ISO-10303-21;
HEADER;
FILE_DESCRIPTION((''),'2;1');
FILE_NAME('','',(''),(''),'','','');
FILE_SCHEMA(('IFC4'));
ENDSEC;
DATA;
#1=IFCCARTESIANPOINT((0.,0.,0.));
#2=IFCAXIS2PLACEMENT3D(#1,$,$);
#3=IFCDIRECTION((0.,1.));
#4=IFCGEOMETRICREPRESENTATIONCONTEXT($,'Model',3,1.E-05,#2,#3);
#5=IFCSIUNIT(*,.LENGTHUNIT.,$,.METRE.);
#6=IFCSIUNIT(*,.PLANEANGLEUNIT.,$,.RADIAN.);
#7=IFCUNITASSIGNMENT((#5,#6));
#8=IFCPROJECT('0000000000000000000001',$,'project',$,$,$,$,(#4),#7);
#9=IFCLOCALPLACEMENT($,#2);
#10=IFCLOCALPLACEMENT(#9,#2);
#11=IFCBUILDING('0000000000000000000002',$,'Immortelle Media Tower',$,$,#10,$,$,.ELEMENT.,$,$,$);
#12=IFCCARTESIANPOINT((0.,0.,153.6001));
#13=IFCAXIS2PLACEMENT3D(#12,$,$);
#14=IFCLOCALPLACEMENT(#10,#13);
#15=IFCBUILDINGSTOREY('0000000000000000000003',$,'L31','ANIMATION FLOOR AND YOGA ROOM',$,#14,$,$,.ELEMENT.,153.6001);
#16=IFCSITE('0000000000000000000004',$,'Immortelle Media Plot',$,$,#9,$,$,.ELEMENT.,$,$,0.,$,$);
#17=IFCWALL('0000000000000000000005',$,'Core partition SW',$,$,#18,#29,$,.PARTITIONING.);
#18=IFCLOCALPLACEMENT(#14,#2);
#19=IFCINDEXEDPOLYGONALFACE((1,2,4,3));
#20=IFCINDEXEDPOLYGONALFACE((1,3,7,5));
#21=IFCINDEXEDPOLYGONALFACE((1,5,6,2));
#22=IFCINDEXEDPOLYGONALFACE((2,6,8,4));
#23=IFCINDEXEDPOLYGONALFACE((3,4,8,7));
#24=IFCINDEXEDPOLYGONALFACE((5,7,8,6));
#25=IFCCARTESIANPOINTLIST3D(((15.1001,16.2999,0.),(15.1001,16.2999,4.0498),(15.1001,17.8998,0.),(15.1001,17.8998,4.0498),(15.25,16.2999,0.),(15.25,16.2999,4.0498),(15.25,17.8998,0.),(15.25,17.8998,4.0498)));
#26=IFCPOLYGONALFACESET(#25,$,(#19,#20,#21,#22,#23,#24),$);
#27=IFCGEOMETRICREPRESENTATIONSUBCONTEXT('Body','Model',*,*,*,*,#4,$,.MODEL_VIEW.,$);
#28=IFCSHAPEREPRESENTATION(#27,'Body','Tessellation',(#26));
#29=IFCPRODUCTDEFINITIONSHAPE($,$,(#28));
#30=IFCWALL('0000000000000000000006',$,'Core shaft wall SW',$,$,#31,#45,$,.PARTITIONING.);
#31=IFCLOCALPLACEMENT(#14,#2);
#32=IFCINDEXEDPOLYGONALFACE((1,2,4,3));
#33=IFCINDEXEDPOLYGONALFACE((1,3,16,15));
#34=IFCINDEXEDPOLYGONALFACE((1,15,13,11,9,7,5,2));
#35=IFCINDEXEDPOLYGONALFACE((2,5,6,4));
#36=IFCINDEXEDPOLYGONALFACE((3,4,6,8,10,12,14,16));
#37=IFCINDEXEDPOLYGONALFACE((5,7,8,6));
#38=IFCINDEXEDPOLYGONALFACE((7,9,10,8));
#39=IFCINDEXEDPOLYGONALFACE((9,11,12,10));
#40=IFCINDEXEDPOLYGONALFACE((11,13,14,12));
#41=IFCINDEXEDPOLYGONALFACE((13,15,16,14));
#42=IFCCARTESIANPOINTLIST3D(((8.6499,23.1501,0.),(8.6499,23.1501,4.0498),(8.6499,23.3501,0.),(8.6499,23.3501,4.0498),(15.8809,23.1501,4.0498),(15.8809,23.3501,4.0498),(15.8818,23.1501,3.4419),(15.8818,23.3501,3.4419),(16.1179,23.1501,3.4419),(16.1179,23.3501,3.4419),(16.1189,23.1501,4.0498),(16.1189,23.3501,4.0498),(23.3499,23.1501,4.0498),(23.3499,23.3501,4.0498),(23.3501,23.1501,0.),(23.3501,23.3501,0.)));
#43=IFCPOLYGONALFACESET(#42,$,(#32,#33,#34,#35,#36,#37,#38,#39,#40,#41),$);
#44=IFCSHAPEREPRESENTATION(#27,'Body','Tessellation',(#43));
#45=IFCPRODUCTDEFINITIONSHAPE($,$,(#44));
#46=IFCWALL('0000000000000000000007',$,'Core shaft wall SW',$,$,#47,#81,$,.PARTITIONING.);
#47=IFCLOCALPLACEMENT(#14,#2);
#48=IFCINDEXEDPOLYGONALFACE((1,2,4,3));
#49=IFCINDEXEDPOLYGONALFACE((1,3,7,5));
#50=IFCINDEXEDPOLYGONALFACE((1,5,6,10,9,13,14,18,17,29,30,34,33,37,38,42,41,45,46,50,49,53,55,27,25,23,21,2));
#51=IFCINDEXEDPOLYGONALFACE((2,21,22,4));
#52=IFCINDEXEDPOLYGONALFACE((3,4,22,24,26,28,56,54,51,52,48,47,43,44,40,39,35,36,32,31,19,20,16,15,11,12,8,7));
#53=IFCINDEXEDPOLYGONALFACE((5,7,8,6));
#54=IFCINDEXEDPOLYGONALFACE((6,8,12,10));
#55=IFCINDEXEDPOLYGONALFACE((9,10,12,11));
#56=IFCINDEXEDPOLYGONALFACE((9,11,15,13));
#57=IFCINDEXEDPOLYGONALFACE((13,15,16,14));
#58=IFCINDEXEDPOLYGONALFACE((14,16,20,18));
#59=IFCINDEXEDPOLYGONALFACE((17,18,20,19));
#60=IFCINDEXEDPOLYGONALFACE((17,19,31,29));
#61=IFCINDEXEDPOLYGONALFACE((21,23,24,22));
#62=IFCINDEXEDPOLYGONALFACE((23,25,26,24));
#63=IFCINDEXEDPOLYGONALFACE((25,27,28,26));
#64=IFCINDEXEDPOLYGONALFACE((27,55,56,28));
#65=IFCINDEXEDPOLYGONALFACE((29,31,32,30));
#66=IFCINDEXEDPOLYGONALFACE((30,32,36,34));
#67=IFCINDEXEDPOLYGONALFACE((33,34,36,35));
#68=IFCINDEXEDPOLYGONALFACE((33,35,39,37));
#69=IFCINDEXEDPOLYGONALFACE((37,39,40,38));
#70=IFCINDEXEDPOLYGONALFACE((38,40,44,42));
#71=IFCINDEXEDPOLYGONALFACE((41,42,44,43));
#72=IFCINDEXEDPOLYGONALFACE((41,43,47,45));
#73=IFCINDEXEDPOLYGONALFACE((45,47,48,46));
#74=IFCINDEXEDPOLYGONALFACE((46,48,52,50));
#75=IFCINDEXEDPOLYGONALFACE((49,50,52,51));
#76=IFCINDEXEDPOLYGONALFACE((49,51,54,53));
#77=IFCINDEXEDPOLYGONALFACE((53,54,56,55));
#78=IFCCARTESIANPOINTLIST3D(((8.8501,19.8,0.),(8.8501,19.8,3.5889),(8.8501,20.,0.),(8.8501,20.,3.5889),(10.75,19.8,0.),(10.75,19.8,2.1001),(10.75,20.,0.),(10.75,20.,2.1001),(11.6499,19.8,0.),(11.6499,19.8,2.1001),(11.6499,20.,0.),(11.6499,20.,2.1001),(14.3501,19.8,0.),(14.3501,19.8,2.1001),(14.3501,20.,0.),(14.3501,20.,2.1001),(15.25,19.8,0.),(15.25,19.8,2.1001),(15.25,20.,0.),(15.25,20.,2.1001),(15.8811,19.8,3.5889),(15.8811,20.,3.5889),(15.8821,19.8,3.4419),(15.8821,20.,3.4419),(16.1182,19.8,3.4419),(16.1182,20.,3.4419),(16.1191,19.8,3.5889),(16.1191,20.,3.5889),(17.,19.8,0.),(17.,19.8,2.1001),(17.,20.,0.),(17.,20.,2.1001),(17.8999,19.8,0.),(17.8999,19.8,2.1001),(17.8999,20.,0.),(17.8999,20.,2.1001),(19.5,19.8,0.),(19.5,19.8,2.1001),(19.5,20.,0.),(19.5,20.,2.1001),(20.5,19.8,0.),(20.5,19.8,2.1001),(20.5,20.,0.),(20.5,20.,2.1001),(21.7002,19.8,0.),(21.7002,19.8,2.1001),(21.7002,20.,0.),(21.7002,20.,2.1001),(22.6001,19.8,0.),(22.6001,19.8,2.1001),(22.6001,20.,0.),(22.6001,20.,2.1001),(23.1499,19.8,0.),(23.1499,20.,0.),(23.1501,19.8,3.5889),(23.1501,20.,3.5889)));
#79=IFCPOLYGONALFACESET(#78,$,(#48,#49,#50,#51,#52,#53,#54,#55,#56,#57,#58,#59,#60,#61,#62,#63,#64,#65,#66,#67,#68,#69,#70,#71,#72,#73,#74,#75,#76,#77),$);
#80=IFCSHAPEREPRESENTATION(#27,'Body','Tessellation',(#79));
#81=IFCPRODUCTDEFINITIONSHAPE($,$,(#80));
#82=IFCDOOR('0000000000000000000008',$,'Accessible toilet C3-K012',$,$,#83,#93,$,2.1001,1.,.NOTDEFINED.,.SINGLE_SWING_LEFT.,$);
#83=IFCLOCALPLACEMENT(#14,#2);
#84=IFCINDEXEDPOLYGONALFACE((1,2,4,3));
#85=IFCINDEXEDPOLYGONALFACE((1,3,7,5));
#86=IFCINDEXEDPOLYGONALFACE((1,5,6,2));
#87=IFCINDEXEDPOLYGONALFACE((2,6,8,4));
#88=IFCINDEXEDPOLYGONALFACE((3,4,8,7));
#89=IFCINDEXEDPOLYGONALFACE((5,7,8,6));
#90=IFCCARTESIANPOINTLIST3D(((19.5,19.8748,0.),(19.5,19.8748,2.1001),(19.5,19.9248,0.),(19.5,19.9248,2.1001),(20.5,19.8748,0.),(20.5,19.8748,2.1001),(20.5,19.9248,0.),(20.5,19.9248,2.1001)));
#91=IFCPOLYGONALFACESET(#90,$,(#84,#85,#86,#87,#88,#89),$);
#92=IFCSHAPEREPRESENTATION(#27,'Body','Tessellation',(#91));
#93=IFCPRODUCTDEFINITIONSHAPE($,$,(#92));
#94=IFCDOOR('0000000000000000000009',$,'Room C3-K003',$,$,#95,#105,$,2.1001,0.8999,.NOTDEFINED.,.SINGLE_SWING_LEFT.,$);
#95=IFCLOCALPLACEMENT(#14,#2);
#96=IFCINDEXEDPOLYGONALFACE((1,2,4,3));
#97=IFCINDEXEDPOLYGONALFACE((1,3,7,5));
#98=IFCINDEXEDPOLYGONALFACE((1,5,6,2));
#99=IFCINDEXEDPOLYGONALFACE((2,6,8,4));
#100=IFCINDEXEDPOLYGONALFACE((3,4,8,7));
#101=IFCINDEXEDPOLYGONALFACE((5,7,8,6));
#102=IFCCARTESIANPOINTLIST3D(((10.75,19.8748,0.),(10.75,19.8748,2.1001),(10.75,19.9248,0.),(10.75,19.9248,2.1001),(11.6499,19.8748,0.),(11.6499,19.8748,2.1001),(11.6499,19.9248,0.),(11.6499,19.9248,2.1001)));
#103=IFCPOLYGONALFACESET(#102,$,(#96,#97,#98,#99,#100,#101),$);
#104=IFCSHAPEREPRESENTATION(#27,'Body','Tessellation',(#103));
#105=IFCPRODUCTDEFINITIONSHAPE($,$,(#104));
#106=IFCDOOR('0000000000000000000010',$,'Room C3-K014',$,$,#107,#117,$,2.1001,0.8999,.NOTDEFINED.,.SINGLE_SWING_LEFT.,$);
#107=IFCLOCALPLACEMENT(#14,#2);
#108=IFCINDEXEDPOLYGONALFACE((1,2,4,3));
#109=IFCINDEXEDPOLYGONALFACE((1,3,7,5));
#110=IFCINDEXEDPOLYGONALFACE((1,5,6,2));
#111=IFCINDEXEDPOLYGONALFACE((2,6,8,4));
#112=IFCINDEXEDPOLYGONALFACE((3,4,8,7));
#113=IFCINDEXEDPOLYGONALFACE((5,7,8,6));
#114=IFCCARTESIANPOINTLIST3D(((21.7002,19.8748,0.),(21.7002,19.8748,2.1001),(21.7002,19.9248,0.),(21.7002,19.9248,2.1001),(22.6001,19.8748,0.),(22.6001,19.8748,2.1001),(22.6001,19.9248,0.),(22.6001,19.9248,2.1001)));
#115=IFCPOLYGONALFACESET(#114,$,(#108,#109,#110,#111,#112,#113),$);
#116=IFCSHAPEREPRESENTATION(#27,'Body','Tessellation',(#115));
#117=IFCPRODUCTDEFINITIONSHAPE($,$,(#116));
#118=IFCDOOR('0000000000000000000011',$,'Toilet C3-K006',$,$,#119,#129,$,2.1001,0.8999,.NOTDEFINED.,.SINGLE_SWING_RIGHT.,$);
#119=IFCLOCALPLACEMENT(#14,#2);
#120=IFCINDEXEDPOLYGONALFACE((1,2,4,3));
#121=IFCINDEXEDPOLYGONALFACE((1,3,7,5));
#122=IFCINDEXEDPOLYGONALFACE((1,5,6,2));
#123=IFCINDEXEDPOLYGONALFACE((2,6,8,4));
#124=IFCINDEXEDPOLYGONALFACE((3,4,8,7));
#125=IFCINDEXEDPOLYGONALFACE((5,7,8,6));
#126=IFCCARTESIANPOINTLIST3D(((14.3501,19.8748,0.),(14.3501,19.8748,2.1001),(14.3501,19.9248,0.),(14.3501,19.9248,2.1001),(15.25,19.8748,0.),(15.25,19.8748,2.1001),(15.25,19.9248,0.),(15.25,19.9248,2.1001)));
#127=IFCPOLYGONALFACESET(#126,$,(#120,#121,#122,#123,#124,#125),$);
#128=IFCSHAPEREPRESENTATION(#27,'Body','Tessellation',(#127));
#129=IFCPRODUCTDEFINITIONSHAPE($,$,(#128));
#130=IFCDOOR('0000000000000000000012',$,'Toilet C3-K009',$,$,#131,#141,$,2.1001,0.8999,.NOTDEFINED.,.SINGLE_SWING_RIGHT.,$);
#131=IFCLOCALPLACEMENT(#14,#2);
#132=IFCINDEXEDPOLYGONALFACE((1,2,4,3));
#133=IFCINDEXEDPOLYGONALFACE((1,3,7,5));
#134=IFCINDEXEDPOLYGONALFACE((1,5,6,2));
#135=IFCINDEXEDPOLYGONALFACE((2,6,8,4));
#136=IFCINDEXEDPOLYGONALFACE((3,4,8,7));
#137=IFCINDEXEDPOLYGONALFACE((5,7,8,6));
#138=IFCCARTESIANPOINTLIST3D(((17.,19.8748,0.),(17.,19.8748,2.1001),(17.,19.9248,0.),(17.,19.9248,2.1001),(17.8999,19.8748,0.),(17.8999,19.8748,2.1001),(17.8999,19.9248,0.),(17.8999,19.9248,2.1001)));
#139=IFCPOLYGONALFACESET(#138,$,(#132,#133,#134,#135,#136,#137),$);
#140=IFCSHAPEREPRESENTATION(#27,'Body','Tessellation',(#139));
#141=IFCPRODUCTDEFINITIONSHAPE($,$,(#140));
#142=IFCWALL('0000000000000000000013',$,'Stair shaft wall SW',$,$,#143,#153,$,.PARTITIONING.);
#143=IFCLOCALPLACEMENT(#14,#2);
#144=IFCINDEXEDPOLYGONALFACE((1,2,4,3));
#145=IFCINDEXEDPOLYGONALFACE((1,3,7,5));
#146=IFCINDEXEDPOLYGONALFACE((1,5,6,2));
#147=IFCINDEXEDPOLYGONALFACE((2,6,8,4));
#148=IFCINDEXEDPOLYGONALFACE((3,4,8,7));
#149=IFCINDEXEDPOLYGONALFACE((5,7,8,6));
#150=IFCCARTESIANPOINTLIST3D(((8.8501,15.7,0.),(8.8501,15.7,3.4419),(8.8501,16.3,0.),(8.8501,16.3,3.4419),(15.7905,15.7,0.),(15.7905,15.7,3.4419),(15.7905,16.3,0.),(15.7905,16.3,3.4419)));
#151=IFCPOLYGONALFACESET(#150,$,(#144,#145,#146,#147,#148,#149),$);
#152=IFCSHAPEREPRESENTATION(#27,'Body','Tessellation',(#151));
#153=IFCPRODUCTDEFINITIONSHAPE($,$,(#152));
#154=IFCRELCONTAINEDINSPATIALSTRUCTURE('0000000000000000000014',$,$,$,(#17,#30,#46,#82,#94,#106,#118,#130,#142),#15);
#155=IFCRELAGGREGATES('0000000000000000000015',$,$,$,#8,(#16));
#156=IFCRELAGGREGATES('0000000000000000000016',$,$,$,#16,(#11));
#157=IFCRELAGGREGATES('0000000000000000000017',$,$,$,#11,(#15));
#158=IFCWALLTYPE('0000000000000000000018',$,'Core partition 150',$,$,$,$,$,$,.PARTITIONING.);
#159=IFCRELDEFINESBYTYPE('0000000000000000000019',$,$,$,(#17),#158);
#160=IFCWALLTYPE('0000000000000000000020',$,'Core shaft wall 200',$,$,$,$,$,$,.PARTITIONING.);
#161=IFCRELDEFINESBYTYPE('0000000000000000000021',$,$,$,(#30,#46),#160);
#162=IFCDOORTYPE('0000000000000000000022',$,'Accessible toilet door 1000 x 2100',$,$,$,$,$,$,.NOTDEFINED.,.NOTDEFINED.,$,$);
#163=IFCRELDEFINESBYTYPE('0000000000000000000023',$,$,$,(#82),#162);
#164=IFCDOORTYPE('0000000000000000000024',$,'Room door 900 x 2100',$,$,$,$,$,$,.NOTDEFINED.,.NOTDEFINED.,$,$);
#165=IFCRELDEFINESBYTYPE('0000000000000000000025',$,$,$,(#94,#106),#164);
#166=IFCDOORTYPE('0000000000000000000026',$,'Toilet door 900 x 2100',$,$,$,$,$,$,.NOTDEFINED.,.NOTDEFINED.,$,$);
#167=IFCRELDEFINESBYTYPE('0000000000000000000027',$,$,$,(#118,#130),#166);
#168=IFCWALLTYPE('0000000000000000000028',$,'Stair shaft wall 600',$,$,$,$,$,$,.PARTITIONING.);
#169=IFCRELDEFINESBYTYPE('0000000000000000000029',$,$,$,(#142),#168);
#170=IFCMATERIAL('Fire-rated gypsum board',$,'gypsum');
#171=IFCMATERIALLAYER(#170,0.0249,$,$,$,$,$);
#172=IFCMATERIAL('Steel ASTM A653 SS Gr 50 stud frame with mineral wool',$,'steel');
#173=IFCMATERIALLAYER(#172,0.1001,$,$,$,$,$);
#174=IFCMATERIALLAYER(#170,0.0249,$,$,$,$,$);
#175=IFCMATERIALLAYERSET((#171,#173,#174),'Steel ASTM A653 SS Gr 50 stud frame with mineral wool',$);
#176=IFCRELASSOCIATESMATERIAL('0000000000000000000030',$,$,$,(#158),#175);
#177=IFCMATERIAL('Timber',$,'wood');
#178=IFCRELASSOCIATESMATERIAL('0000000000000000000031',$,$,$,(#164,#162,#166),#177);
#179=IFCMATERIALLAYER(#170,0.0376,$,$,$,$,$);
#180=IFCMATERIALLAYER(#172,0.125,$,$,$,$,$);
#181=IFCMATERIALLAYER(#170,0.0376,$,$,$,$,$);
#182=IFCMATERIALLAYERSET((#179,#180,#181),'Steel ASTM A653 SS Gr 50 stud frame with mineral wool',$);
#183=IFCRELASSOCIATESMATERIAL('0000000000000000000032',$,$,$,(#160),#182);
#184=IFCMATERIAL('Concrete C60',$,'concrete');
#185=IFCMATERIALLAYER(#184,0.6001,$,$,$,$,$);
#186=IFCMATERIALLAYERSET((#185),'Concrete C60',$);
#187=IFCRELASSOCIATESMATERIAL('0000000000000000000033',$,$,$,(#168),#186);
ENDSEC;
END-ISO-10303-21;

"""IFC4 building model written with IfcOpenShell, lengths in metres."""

from ifc_helpers import new_model, si_unit, direction, frame, frame_2d, origin, place, context, subcontext, project, spatial, polyline, rectangle, outline, extrude, material, layer, layer_set, type_object, element, fill, save


model = new_model("IFC4")

# Units and contexts
model_context = context("Model", 3, precision=1e-05, world=origin(), true_north=direction((0.0, 1.0)))
body_context = subcontext(model_context, "Body", "Model", "MODEL_VIEW")
ifc_project = project(units=[si_unit("LENGTHUNIT", "METRE"), si_unit("PLANEANGLEUNIT", "RADIAN")], contexts=[model_context])

# Site, building, storey
site_placement = place(None, origin())
site = spatial("IfcSite", under=ifc_project, at=site_placement, Name="Immortelle Media Plot", CompositionType="ELEMENT", RefElevation=0.0)
building_placement = place(site_placement, origin())
building = spatial("IfcBuilding", under=site, at=building_placement, Name="Immortelle Media Tower", CompositionType="ELEMENT")
storey_placement = place(building_placement, frame((0.0, 0.0, 153.6001)))
storey = spatial("IfcBuildingStorey", under=building, at=storey_placement, Name="L31", Description="ANIMATION FLOOR AND YOGA ROOM", CompositionType="ELEMENT", Elevation=153.6001)

# Shared definitions
ifc_material_1 = material(Name="Fire-rated gypsum board", Category="gypsum")
ifc_layer_1 = layer(ifc_material_1, 0.0249)
ifc_material_2 = material(Name="Steel ASTM A653 SS Gr 50 stud frame with mineral wool", Category="steel")
ifc_layer_2 = layer(ifc_material_2, 0.1001)
ifc_layer_3 = layer(ifc_material_1, 0.0249)
ifc_layer_set_1 = layer_set([ifc_layer_1, ifc_layer_2, ifc_layer_3], Name="Steel ASTM A653 SS Gr 50 stud frame with mineral wool")
wall_type_1 = type_object("IfcWallType", Name="Core partition 150", PredefinedType="PARTITIONING", material=ifc_layer_set_1)

# Shared definitions
ifc_material_3 = material(Name="Timber", Category="wood")
door_type_1 = type_object("IfcDoorType", Name="Room door 900 x 2100", OperationType="NOTDEFINED", PredefinedType="NOTDEFINED", material=ifc_material_3)

# Walls
wall_1_placement = place(storey_placement, frame((15.175, 16.3, 0.0), z_axis=(0.0, 0.0, 1.0), x_axis=(0.0, 1.0, 0.0)))
element("IfcWall", 1, at=wall_1_placement, inside=storey, type_object=wall_type_1, Name="Core partition SW", PredefinedType="PARTITIONING", context=body_context, shape_type="SweptSolid", body=[
    extrude(rectangle(XDim=1.5999, YDim=0.1499, at=frame_2d((0.7998, 0.0))), origin(), (0.0, 0.0, 1.0), 4.0498),
])
ifc_layer_4 = layer(ifc_material_1, 0.0376)
ifc_layer_5 = layer(ifc_material_2, 0.125)
ifc_layer_6 = layer(ifc_material_1, 0.0376)
ifc_layer_set_2 = layer_set([ifc_layer_4, ifc_layer_5, ifc_layer_6], Name="Steel ASTM A653 SS Gr 50 stud frame with mineral wool")
wall_type_2 = type_object("IfcWallType", Name="Core shaft wall 200", PredefinedType="PARTITIONING", material=ifc_layer_set_2)
wall_2_placement = place(storey_placement, frame((8.6499, 23.25, 0.0), z_axis=(0.0, 0.0, 1.0), x_axis=(1.0, 0.0, 0.0)))
element("IfcWall", 2, at=wall_2_placement, inside=storey, type_object=wall_type_2, Name="Core shaft wall SW", PredefinedType="PARTITIONING", context=body_context, shape_type="SweptSolid", body=[
    extrude(outline(polyline([(0.0, 0.0), (14.7002, 0.0), (14.7, 4.0498), (7.469, 4.0498), (7.468, 3.4419), (7.2319, 3.4419), (7.231, 4.0498), (0.0, 4.0498), (0.0, 0.0)])), frame((0.0, 0.1001, 0.0), z_axis=(0.0, -1.0, 0.0), x_axis=(1.0, 0.0, 0.0)), (0.0, 0.0, 1.0), 0.2),
])

# Wall, openings, doors
wall_3_placement = place(storey_placement, frame((8.8501, 19.8999, 0.0), z_axis=(0.0, 0.0, 1.0), x_axis=(1.0, 0.0, 0.0)))
wall_3 = element("IfcWall", 3, at=wall_3_placement, inside=storey, type_object=wall_type_2, Name="Core shaft wall SW", PredefinedType="PARTITIONING", context=body_context, shape_type="SweptSolid", body=[
    extrude(outline(polyline([(0.0, 0.0), (14.2998, 0.0), (14.3, 3.5889), (7.269, 3.5889), (7.2681, 3.4419), (7.032, 3.4419), (7.031, 3.5889), (0.0, 3.5889), (0.0, 0.0)])), frame((0.0, 0.1001, 0.0), z_axis=(0.0, -1.0, 0.0), x_axis=(1.0, 0.0, 0.0)), (0.0, 0.0, 1.0), 0.2),
])
opening_1_placement = place(wall_3_placement, frame((1.8999, 0.0, 0.0)))
opening_1 = element("IfcOpeningElement", 4, at=opening_1_placement, cuts=wall_3, PredefinedType="OPENING", context=body_context, shape_type="SweptSolid", body=[
    extrude(rectangle(XDim=0.8999, YDim=2.1001, at=frame_2d((0.45, 1.05))), frame((0.0, 0.1099, 0.0), z_axis=(0.0, -1.0, 0.0), x_axis=(1.0, 0.0, 0.0)), (0.0, 0.0, 1.0), 0.22),
])
opening_2_placement = place(wall_3_placement, frame((5.5, 0.0, 0.0)))
opening_2 = element("IfcOpeningElement", 5, at=opening_2_placement, cuts=wall_3, PredefinedType="OPENING", context=body_context, shape_type="SweptSolid", body=[
    extrude(rectangle(XDim=0.8999, YDim=2.1001, at=frame_2d((0.45, 1.05))), frame((0.0, 0.1099, 0.0), z_axis=(0.0, -1.0, 0.0), x_axis=(1.0, 0.0, 0.0)), (0.0, 0.0, 1.0), 0.22),
])
opening_3_placement = place(wall_3_placement, frame((8.1499, 0.0, 0.0)))
opening_3 = element("IfcOpeningElement", 6, at=opening_3_placement, cuts=wall_3, PredefinedType="OPENING", context=body_context, shape_type="SweptSolid", body=[
    extrude(rectangle(XDim=0.8999, YDim=2.1001, at=frame_2d((0.45, 1.05))), frame((0.0, 0.1099, 0.0), z_axis=(0.0, -1.0, 0.0), x_axis=(1.0, 0.0, 0.0)), (0.0, 0.0, 1.0), 0.22),
])
opening_4_placement = place(wall_3_placement, frame((10.6499, 0.0, 0.0)))
opening_4 = element("IfcOpeningElement", 7, at=opening_4_placement, cuts=wall_3, PredefinedType="OPENING", context=body_context, shape_type="SweptSolid", body=[
    extrude(rectangle(XDim=1.0, YDim=2.1001, at=frame_2d((0.5, 1.05))), frame((0.0, 0.1099, 0.0), z_axis=(0.0, -1.0, 0.0), x_axis=(1.0, 0.0, 0.0)), (0.0, 0.0, 1.0), 0.22),
])
opening_5_placement = place(wall_3_placement, frame((12.8501, 0.0, 0.0)))
opening_5 = element("IfcOpeningElement", 8, at=opening_5_placement, cuts=wall_3, PredefinedType="OPENING", context=body_context, shape_type="SweptSolid", body=[
    extrude(rectangle(XDim=0.8999, YDim=2.1001, at=frame_2d((0.45, 1.05))), frame((0.0, 0.1099, 0.0), z_axis=(0.0, -1.0, 0.0), x_axis=(1.0, 0.0, 0.0)), (0.0, 0.0, 1.0), 0.22),
])
door_type_2 = type_object("IfcDoorType", Name="Accessible toilet door 1000 x 2100", OperationType="NOTDEFINED", PredefinedType="NOTDEFINED", material=ifc_material_3)
door_1_placement = place(opening_4_placement, origin())
door_1 = element("IfcDoor", 9, at=door_1_placement, inside=storey, type_object=door_type_2, Name="Accessible toilet C3-K012", OperationType="SINGLE_SWING_LEFT", OverallHeight=2.1001, OverallWidth=1.0, PredefinedType="NOTDEFINED", context=body_context, shape_type="SweptSolid", body=[
    extrude(rectangle(XDim=1.0, YDim=2.1001, at=frame_2d((0.5, 1.05))), frame((0.0, 0.0249, 0.0), z_axis=(0.0, -1.0, 0.0), x_axis=(1.0, 0.0, 0.0)), (0.0, 0.0, 1.0), 0.05),
])
fill(opening_4, door_1)
door_2_placement = place(opening_1_placement, origin())
door_2 = element("IfcDoor", 10, at=door_2_placement, inside=storey, type_object=door_type_1, Name="Room C3-K003", OperationType="SINGLE_SWING_LEFT", OverallHeight=2.1001, OverallWidth=0.8999, PredefinedType="NOTDEFINED", context=body_context, shape_type="SweptSolid", body=[
    extrude(rectangle(XDim=0.8999, YDim=2.1001, at=frame_2d((0.45, 1.05))), frame((0.0, 0.0249, 0.0), z_axis=(0.0, -1.0, 0.0), x_axis=(1.0, 0.0, 0.0)), (0.0, 0.0, 1.0), 0.05),
])
fill(opening_1, door_2)
door_3_placement = place(opening_5_placement, origin())
door_3 = element("IfcDoor", 11, at=door_3_placement, inside=storey, type_object=door_type_1, Name="Room C3-K014", OperationType="SINGLE_SWING_LEFT", OverallHeight=2.1001, OverallWidth=0.8999, PredefinedType="NOTDEFINED", context=body_context, shape_type="SweptSolid", body=[
    extrude(rectangle(XDim=0.8999, YDim=2.1001, at=frame_2d((0.45, 1.05))), frame((0.0, 0.0249, 0.0), z_axis=(0.0, -1.0, 0.0), x_axis=(1.0, 0.0, 0.0)), (0.0, 0.0, 1.0), 0.05),
])
fill(opening_5, door_3)
door_type_3 = type_object("IfcDoorType", Name="Toilet door 900 x 2100", OperationType="NOTDEFINED", PredefinedType="NOTDEFINED", material=ifc_material_3)
door_4_placement = place(opening_2_placement, origin())
door_4 = element("IfcDoor", 12, at=door_4_placement, inside=storey, type_object=door_type_3, Name="Toilet C3-K006", OperationType="SINGLE_SWING_RIGHT", OverallHeight=2.1001, OverallWidth=0.8999, PredefinedType="NOTDEFINED", context=body_context, shape_type="SweptSolid", body=[
    extrude(rectangle(XDim=0.8999, YDim=2.1001, at=frame_2d((0.45, 1.05))), frame((0.0, 0.0249, 0.0), z_axis=(0.0, -1.0, 0.0), x_axis=(1.0, 0.0, 0.0)), (0.0, 0.0, 1.0), 0.05),
])
fill(opening_2, door_4)
door_5_placement = place(opening_3_placement, origin())
door_5 = element("IfcDoor", 13, at=door_5_placement, inside=storey, type_object=door_type_3, Name="Toilet C3-K009", OperationType="SINGLE_SWING_RIGHT", OverallHeight=2.1001, OverallWidth=0.8999, PredefinedType="NOTDEFINED", context=body_context, shape_type="SweptSolid", body=[
    extrude(rectangle(XDim=0.8999, YDim=2.1001, at=frame_2d((0.45, 1.05))), frame((0.0, 0.0249, 0.0), z_axis=(0.0, -1.0, 0.0), x_axis=(1.0, 0.0, 0.0)), (0.0, 0.0, 1.0), 0.05),
])
fill(opening_3, door_5)

# Wall
ifc_material_4 = material(Name="Concrete C60", Category="concrete")
ifc_layer_7 = layer(ifc_material_4, 0.6001)
ifc_layer_set_3 = layer_set([ifc_layer_7], Name="Concrete C60")
wall_type_3 = type_object("IfcWallType", Name="Stair shaft wall 600", PredefinedType="PARTITIONING", material=ifc_layer_set_3)
wall_4_placement = place(storey_placement, frame((8.8501, 16.0, 0.0), z_axis=(0.0, 0.0, 1.0), x_axis=(1.0, 0.0, 0.0)))
element("IfcWall", 14, at=wall_4_placement, inside=storey, type_object=wall_type_3, Name="Stair shaft wall SW", PredefinedType="PARTITIONING", context=body_context, shape_type="SweptSolid", body=[
    extrude(rectangle(XDim=6.9404, YDim=0.6001, at=frame_2d((3.4702, 0.0))), origin(), (0.0, 0.0, 1.0), 3.4419),
])

save(model, "model.ifc")
